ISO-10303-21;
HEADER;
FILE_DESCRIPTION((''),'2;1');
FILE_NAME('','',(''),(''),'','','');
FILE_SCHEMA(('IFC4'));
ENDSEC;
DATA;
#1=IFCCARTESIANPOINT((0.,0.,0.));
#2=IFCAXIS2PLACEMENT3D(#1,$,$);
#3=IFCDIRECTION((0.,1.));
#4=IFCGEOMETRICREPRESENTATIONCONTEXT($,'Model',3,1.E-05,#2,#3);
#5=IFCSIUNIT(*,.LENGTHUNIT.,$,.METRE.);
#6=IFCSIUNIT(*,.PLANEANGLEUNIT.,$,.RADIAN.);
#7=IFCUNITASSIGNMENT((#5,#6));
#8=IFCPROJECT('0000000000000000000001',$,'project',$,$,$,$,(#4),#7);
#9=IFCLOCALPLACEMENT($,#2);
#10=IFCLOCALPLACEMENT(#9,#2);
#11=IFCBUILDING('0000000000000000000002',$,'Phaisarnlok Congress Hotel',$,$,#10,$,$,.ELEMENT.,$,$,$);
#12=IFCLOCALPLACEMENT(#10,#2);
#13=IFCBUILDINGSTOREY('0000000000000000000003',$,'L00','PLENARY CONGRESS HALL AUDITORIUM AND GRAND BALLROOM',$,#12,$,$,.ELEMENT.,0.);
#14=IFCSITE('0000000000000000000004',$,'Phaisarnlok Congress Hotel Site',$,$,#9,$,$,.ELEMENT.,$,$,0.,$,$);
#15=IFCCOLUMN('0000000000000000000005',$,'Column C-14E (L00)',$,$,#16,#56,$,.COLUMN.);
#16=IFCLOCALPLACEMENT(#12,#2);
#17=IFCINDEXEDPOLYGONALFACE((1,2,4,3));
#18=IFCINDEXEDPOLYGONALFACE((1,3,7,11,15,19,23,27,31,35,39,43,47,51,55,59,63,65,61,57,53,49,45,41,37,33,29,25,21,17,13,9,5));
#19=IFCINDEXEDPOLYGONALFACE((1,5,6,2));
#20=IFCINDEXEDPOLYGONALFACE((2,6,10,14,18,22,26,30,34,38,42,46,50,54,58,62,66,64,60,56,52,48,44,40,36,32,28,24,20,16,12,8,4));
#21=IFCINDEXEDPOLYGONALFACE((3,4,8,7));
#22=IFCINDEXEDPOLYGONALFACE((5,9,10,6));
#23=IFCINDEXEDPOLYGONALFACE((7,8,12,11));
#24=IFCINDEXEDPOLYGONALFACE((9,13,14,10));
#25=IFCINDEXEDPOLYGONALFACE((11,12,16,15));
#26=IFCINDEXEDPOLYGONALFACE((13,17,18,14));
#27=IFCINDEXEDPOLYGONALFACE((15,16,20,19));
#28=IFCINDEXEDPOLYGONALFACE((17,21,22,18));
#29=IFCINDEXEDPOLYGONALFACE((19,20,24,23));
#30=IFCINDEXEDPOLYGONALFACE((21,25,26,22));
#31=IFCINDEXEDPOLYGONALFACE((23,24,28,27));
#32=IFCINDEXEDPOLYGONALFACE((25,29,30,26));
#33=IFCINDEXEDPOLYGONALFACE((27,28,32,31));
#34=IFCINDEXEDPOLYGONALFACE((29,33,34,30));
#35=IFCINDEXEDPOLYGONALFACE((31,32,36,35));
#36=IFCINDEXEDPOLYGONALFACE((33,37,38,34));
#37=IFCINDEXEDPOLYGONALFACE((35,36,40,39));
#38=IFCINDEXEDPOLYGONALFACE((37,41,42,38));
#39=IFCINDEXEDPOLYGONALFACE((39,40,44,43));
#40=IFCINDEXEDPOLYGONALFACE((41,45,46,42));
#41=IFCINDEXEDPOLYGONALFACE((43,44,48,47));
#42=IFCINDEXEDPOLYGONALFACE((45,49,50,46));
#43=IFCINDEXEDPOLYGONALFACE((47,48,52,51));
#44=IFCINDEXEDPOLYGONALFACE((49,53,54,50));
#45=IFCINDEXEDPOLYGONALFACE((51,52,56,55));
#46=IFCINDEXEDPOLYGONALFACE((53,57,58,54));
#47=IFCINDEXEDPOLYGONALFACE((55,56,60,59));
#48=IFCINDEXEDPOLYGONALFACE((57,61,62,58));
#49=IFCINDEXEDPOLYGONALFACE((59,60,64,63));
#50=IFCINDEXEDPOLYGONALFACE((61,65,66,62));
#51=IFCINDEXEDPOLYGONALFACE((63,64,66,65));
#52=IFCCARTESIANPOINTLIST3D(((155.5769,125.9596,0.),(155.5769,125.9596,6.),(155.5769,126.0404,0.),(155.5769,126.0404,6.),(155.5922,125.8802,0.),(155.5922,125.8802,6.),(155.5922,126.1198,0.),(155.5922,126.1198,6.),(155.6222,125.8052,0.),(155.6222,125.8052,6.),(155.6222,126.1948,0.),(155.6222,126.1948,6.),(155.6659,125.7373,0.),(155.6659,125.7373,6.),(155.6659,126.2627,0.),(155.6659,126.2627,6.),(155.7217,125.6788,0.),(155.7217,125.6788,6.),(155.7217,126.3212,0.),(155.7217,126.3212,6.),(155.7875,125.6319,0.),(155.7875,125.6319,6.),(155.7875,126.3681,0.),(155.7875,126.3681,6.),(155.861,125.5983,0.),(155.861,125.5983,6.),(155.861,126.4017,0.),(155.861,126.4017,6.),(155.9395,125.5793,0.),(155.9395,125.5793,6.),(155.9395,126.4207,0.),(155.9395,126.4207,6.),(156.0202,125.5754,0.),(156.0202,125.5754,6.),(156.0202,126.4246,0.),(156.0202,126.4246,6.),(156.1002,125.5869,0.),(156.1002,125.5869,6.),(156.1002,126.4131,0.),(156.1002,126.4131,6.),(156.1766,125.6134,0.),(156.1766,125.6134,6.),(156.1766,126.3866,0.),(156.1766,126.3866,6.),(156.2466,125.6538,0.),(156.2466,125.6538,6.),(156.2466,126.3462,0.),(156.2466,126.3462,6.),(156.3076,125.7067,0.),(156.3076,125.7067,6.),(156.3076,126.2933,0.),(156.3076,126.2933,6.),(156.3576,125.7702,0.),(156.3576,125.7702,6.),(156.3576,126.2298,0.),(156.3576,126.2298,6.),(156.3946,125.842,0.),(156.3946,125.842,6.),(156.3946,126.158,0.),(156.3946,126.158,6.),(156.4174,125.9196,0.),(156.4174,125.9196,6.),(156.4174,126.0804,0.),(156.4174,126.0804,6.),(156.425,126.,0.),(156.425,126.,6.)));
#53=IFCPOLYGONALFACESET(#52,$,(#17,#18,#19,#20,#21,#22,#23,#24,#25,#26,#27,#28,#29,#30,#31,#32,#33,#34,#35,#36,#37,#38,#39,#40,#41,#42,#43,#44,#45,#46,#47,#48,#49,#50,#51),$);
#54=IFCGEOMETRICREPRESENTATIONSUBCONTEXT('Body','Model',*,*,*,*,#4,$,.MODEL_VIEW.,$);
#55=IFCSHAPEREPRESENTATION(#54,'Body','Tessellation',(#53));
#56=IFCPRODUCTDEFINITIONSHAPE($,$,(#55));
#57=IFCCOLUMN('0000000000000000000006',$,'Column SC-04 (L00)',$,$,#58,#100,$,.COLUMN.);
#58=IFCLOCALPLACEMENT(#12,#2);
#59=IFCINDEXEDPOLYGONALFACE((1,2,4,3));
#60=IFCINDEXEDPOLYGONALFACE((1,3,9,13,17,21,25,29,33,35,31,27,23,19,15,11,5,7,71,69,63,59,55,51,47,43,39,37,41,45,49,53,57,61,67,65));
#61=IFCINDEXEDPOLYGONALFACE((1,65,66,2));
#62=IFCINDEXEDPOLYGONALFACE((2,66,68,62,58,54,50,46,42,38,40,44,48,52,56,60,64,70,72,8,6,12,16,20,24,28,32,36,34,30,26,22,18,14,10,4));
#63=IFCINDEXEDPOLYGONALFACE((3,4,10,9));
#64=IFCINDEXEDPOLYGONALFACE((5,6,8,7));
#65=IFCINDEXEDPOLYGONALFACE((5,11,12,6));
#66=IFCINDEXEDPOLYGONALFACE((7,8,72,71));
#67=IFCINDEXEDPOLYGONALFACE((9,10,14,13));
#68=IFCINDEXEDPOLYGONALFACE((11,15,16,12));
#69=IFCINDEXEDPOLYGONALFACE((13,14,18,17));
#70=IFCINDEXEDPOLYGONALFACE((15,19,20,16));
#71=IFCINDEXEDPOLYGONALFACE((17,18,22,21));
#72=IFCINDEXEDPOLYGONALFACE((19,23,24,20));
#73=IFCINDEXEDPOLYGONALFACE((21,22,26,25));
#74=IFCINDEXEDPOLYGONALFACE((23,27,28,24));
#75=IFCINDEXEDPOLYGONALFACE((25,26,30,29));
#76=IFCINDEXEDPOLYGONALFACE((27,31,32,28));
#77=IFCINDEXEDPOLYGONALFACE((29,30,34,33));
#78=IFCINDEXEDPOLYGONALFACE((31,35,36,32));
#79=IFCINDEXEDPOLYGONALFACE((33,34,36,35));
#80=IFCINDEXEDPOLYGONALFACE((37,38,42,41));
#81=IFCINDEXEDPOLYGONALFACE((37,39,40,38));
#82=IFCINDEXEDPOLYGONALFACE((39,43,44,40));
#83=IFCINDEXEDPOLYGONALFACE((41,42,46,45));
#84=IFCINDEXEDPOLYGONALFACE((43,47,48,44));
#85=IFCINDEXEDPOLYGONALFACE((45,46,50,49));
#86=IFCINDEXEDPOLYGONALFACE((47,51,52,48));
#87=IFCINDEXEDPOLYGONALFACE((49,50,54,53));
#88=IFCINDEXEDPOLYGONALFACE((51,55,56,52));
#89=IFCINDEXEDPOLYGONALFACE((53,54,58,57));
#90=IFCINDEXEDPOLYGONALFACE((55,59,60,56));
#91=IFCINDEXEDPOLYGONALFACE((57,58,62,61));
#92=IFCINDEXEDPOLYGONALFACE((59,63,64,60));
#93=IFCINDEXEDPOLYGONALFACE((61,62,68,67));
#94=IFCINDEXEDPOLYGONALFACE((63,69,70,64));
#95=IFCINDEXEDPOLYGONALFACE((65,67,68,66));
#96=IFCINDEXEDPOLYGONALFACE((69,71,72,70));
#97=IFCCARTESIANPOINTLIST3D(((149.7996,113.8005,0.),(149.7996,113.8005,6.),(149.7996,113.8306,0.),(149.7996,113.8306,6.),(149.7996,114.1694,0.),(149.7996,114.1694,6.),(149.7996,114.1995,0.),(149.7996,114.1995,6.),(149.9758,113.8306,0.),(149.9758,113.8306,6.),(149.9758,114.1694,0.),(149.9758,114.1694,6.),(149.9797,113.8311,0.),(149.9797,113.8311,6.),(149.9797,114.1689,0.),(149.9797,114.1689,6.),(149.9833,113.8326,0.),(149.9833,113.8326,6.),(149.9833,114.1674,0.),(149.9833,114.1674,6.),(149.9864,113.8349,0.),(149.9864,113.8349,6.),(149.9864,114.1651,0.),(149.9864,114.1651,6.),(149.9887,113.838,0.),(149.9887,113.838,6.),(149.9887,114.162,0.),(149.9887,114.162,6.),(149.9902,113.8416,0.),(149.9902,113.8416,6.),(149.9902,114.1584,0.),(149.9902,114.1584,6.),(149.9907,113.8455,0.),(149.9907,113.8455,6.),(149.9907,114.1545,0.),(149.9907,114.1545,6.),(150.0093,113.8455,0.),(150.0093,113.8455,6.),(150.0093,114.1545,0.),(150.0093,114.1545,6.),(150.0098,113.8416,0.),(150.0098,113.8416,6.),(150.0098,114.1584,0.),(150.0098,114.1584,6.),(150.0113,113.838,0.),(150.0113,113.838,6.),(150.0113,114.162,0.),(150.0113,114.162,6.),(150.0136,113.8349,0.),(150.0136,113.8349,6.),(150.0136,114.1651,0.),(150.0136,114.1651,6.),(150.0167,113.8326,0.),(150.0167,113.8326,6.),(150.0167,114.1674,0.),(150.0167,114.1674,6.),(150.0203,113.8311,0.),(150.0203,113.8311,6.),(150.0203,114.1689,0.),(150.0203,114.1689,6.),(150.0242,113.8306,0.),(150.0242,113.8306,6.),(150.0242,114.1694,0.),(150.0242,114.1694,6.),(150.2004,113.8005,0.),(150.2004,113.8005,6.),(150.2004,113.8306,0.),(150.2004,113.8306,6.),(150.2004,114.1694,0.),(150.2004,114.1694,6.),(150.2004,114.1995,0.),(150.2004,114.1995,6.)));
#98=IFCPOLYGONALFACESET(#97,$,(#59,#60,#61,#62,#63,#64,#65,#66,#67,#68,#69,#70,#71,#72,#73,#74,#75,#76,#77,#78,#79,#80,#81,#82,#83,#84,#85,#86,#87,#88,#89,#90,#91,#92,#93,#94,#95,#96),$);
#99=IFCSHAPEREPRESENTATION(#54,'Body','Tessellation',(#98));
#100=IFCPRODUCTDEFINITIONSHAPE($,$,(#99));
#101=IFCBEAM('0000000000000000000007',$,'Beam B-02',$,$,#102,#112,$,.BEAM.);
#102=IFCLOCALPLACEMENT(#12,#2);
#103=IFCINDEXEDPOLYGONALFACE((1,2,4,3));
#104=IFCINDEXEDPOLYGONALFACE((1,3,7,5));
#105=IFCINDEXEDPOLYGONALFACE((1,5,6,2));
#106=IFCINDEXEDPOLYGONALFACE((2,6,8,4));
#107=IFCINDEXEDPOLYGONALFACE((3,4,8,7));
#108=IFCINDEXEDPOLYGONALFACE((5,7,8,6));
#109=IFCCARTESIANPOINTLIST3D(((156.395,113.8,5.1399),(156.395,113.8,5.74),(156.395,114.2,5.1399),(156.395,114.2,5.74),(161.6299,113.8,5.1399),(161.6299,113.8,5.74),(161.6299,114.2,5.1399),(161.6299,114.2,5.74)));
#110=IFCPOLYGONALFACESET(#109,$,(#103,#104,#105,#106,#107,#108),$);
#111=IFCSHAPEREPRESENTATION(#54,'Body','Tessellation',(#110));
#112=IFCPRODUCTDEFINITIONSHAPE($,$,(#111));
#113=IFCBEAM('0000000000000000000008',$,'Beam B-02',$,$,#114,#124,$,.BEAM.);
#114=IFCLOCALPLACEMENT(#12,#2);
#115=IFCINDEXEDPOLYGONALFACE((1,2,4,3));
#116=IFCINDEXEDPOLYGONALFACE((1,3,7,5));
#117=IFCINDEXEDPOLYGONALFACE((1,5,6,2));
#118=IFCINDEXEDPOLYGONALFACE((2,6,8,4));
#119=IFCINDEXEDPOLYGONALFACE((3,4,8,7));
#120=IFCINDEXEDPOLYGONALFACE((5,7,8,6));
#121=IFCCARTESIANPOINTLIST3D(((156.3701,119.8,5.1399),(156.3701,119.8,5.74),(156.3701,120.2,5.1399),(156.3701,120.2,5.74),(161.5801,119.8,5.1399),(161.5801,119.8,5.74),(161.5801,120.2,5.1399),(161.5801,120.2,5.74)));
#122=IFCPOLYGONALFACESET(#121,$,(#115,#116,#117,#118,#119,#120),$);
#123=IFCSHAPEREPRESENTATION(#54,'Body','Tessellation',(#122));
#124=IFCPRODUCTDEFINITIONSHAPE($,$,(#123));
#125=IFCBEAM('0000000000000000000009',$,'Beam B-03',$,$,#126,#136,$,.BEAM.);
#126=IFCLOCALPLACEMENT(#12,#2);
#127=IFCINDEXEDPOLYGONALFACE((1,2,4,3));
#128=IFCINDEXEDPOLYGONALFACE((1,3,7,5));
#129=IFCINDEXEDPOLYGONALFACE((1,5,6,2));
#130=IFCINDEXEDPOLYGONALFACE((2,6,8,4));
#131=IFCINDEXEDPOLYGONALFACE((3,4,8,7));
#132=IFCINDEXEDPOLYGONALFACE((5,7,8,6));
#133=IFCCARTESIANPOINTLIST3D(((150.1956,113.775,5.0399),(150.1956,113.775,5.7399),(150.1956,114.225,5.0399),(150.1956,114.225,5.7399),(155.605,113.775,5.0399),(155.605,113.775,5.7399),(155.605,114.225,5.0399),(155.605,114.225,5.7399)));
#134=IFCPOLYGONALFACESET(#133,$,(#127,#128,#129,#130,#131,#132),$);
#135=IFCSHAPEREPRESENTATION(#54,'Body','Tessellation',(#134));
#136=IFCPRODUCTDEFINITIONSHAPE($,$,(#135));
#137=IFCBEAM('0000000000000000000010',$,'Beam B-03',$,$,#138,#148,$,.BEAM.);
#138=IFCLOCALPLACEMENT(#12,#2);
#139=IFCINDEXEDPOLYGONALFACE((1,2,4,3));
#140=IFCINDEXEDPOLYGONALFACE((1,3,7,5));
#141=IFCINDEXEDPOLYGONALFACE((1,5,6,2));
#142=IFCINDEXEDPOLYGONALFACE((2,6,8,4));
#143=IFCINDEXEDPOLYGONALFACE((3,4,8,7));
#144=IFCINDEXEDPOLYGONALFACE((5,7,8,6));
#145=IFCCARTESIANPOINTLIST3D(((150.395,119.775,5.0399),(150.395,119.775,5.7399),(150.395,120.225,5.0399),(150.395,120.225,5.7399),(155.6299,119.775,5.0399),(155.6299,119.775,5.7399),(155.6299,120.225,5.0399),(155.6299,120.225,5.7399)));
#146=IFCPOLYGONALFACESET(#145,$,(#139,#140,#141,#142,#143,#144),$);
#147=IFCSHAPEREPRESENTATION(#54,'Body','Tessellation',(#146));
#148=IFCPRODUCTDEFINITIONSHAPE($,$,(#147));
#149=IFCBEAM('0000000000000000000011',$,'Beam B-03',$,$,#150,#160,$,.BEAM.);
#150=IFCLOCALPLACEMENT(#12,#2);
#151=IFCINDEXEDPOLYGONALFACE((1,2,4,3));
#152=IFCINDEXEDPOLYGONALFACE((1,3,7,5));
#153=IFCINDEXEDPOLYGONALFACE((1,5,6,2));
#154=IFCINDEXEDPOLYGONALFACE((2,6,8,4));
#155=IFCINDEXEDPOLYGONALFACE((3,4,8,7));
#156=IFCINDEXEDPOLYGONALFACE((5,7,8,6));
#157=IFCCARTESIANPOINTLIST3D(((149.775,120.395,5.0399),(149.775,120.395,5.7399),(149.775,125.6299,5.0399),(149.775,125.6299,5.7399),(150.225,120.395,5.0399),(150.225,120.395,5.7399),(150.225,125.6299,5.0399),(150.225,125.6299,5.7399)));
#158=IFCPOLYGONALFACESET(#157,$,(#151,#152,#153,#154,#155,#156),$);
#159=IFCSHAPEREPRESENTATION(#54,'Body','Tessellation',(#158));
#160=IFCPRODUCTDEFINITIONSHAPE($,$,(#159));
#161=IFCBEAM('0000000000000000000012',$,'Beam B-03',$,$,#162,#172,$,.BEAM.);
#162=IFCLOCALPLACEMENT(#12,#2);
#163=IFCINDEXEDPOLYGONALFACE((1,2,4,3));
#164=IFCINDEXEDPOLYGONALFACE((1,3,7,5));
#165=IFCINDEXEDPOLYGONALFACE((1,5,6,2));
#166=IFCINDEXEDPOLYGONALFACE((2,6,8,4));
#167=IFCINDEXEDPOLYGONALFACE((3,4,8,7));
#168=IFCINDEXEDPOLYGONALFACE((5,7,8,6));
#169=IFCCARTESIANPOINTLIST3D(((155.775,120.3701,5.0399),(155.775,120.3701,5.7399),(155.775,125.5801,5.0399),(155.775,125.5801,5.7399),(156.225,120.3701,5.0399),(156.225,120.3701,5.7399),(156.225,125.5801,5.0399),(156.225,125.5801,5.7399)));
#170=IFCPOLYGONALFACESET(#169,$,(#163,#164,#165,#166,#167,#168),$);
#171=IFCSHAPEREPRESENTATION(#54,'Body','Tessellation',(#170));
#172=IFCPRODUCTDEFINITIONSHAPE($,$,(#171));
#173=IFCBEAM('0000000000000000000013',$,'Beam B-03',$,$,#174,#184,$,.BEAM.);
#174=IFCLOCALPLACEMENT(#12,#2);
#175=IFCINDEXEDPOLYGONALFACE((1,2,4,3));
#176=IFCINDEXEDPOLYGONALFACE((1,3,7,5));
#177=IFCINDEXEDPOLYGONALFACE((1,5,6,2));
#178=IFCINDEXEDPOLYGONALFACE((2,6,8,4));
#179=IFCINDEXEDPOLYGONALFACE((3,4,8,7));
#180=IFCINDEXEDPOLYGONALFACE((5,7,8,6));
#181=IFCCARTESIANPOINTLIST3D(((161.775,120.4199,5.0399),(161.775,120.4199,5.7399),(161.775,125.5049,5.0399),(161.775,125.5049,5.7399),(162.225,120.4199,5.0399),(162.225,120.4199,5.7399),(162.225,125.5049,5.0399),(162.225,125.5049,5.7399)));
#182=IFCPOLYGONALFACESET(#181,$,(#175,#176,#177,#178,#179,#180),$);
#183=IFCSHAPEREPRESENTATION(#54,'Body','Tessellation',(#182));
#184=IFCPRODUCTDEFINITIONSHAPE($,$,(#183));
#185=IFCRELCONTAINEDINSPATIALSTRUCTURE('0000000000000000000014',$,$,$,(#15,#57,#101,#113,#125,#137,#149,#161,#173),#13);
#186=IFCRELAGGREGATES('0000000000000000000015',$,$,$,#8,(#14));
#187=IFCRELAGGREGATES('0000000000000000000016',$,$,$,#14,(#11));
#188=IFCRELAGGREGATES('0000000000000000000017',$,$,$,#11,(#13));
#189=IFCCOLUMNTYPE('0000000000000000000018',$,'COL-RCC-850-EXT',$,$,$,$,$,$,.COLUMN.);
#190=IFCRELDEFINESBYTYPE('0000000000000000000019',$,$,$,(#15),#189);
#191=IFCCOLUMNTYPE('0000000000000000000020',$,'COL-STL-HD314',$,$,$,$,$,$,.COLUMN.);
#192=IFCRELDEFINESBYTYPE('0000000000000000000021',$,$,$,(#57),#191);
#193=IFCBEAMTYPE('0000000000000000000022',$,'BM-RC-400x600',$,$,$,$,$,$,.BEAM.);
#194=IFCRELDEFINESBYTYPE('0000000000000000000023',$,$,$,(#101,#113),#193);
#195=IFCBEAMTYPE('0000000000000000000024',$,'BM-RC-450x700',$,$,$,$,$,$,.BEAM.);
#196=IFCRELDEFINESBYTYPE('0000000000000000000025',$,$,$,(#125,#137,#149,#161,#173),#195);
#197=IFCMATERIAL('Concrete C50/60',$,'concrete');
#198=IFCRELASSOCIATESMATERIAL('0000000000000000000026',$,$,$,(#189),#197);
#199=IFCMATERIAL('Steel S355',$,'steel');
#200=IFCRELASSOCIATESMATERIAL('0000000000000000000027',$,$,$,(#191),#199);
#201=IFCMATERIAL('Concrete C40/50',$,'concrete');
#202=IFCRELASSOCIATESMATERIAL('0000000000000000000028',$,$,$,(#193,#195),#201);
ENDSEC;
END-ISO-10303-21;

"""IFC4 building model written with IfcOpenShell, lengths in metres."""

from ifc_helpers import new_model, si_unit, direction, frame, origin, origin_2d, place, context, subcontext, project, spatial, rectangle, circle, i_section, extrude, material, material_profile, profile_set, type_object, element, save


model = new_model("IFC4")

# Units and contexts
model_context = context("Model", 3, precision=1e-05, world=origin(), true_north=direction((0.0, 1.0)))
body_context = subcontext(model_context, "Body", "Model", "MODEL_VIEW")
ifc_project = project(units=[si_unit("LENGTHUNIT", "METRE"), si_unit("PLANEANGLEUNIT", "RADIAN")], contexts=[model_context])

# Site, building, storey
site_placement = place(None, origin())
site = spatial("IfcSite", under=ifc_project, at=site_placement, Name="Phaisarnlok Congress Hotel Site", CompositionType="ELEMENT", RefElevation=0.0)
building_placement = place(site_placement, origin())
building = spatial("IfcBuilding", under=site, at=building_placement, Name="Phaisarnlok Congress Hotel", CompositionType="ELEMENT")
storey_placement = place(building_placement, origin())
storey = spatial("IfcBuildingStorey", under=building, at=storey_placement, Name="L00", Description="PLENARY CONGRESS HALL AUDITORIUM AND GRAND BALLROOM", CompositionType="ELEMENT", Elevation=0.0)

# Columns
ifc_material_1 = material(Name="Concrete C50/60", Category="concrete")
ifc_material_profile_1 = material_profile(ifc_material_1, circle(Radius=0.425, at=origin_2d()), Name="RCC D850")
ifc_profile_set_1 = profile_set([ifc_material_profile_1], Name="Concrete C50/60")
column_type_1 = type_object("IfcColumnType", Name="COL-RCC-850-EXT", PredefinedType="COLUMN", material=ifc_profile_set_1)
column_1_placement = place(storey_placement, frame((156.0, 126.0, 0.0), z_axis=(0.0, 0.0, 1.0), x_axis=(1.0, 0.0, 0.0)))
element("IfcColumn", 1, at=column_1_placement, inside=storey, type_object=column_type_1, Name="Column C-14E (L00)", PredefinedType="COLUMN", context=body_context, shape_type="SweptSolid", body=[
    extrude(circle(Radius=0.425, at=origin_2d()), origin(), (0.0, 0.0, 1.0), 6.0),
])
ifc_material_2 = material(Name="Steel S355", Category="steel")
ifc_material_profile_2 = material_profile(ifc_material_2, i_section(OverallWidth=0.4009, OverallDepth=0.3989, WebThickness=0.0186, FlangeThickness=0.03, FilletRadius=0.0149, at=origin_2d()), Name="HD 400x314")
ifc_profile_set_2 = profile_set([ifc_material_profile_2], Name="Steel S355")
column_type_2 = type_object("IfcColumnType", Name="COL-STL-HD314", PredefinedType="COLUMN", material=ifc_profile_set_2)
column_2_placement = place(storey_placement, frame((150.0, 114.0, 0.0), z_axis=(0.0, 0.0, 1.0), x_axis=(1.0, 0.0, 0.0)))
element("IfcColumn", 2, at=column_2_placement, inside=storey, type_object=column_type_2, Name="Column SC-04 (L00)", PredefinedType="COLUMN", context=body_context, shape_type="SweptSolid", body=[
    extrude(i_section(OverallWidth=0.4009, OverallDepth=0.3989, WebThickness=0.0186, FlangeThickness=0.03, FilletRadius=0.0149, at=origin_2d()), origin(), (0.0, 0.0, 1.0), 6.0),
])

# Beams
ifc_material_3 = material(Name="Concrete C40/50", Category="concrete")
ifc_material_profile_3 = material_profile(ifc_material_3, rectangle(XDim=0.3999, YDim=0.6001, at=origin_2d()), Name="RC 400x600")
ifc_profile_set_3 = profile_set([ifc_material_profile_3], Name="Concrete C40/50")
beam_type_1 = type_object("IfcBeamType", Name="BM-RC-400x600", PredefinedType="BEAM", material=ifc_profile_set_3)
beam_1_placement = place(storey_placement, frame((156.395, 114.0, 5.4399), z_axis=(1.0, 0.0, 0.0), x_axis=(0.0, 1.0, 0.0)))
element("IfcBeam", 3, at=beam_1_placement, inside=storey, type_object=beam_type_1, Name="Beam B-02", PredefinedType="BEAM", context=body_context, shape_type="SweptSolid", body=[
    extrude(rectangle(XDim=0.3999, YDim=0.6001, at=origin_2d()), origin(), (0.0, 0.0, 1.0), 5.2349),
])
beam_2_placement = place(storey_placement, frame((156.3701, 120.0, 5.4399), z_axis=(1.0, 0.0, 0.0), x_axis=(0.0, 1.0, 0.0)))
element("IfcBeam", 4, at=beam_2_placement, inside=storey, type_object=beam_type_1, Name="Beam B-02", PredefinedType="BEAM", context=body_context, shape_type="SweptSolid", body=[
    extrude(rectangle(XDim=0.3999, YDim=0.6001, at=origin_2d()), origin(), (0.0, 0.0, 1.0), 5.21),
])
ifc_material_profile_4 = material_profile(ifc_material_3, rectangle(XDim=0.45, YDim=0.7, at=origin_2d()), Name="RC 450x700")
ifc_profile_set_4 = profile_set([ifc_material_profile_4], Name="Concrete C40/50")
beam_type_2 = type_object("IfcBeamType", Name="BM-RC-450x700", PredefinedType="BEAM", material=ifc_profile_set_4)
beam_3_placement = place(storey_placement, frame((150.1956, 114.0, 5.3899), z_axis=(1.0, 0.0, 0.0), x_axis=(0.0, 1.0, 0.0)))
element("IfcBeam", 5, at=beam_3_placement, inside=storey, type_object=beam_type_2, Name="Beam B-03", PredefinedType="BEAM", context=body_context, shape_type="SweptSolid", body=[
    extrude(rectangle(XDim=0.45, YDim=0.7, at=origin_2d()), origin(), (0.0, 0.0, 1.0), 5.4094),
])
for number, where, z_axis, x_axis, name in (
    (6, (150.395, 120.0, 5.3899), (1.0, 0.0, 0.0), (0.0, 1.0, 0.0), "Beam B-03"),
    (7, (150.0, 120.395, 5.3899), (0.0, 1.0, 0.0), (-1.0, 0.0, 0.0), "Beam B-03"),
):
    element("IfcBeam", number, at=place(storey_placement, frame(where, z_axis=z_axis, x_axis=x_axis)), inside=storey, type_object=beam_type_2, Name=name, PredefinedType="BEAM", context=body_context, shape_type="SweptSolid", body=[
        extrude(rectangle(XDim=0.45, YDim=0.7, at=origin_2d()), origin(), (0.0, 0.0, 1.0), 5.2349),
    ])
beam_4_placement = place(storey_placement, frame((156.0, 120.3701, 5.3899), z_axis=(0.0, 1.0, 0.0), x_axis=(-1.0, 0.0, 0.0)))
element("IfcBeam", 8, at=beam_4_placement, inside=storey, type_object=beam_type_2, Name="Beam B-03", PredefinedType="BEAM", context=body_context, shape_type="SweptSolid", body=[
    extrude(rectangle(XDim=0.45, YDim=0.7, at=origin_2d()), origin(), (0.0, 0.0, 1.0), 5.21),
])
beam_5_placement = place(storey_placement, frame((162.0, 120.4199, 5.3899), z_axis=(0.0, 1.0, 0.0), x_axis=(-1.0, 0.0, 0.0)))
element("IfcBeam", 9, at=beam_5_placement, inside=storey, type_object=beam_type_2, Name="Beam B-03", PredefinedType="BEAM", context=body_context, shape_type="SweptSolid", body=[
    extrude(rectangle(XDim=0.45, YDim=0.7, at=origin_2d()), origin(), (0.0, 0.0, 1.0), 5.085),
])

save(model, "model.ifc")
